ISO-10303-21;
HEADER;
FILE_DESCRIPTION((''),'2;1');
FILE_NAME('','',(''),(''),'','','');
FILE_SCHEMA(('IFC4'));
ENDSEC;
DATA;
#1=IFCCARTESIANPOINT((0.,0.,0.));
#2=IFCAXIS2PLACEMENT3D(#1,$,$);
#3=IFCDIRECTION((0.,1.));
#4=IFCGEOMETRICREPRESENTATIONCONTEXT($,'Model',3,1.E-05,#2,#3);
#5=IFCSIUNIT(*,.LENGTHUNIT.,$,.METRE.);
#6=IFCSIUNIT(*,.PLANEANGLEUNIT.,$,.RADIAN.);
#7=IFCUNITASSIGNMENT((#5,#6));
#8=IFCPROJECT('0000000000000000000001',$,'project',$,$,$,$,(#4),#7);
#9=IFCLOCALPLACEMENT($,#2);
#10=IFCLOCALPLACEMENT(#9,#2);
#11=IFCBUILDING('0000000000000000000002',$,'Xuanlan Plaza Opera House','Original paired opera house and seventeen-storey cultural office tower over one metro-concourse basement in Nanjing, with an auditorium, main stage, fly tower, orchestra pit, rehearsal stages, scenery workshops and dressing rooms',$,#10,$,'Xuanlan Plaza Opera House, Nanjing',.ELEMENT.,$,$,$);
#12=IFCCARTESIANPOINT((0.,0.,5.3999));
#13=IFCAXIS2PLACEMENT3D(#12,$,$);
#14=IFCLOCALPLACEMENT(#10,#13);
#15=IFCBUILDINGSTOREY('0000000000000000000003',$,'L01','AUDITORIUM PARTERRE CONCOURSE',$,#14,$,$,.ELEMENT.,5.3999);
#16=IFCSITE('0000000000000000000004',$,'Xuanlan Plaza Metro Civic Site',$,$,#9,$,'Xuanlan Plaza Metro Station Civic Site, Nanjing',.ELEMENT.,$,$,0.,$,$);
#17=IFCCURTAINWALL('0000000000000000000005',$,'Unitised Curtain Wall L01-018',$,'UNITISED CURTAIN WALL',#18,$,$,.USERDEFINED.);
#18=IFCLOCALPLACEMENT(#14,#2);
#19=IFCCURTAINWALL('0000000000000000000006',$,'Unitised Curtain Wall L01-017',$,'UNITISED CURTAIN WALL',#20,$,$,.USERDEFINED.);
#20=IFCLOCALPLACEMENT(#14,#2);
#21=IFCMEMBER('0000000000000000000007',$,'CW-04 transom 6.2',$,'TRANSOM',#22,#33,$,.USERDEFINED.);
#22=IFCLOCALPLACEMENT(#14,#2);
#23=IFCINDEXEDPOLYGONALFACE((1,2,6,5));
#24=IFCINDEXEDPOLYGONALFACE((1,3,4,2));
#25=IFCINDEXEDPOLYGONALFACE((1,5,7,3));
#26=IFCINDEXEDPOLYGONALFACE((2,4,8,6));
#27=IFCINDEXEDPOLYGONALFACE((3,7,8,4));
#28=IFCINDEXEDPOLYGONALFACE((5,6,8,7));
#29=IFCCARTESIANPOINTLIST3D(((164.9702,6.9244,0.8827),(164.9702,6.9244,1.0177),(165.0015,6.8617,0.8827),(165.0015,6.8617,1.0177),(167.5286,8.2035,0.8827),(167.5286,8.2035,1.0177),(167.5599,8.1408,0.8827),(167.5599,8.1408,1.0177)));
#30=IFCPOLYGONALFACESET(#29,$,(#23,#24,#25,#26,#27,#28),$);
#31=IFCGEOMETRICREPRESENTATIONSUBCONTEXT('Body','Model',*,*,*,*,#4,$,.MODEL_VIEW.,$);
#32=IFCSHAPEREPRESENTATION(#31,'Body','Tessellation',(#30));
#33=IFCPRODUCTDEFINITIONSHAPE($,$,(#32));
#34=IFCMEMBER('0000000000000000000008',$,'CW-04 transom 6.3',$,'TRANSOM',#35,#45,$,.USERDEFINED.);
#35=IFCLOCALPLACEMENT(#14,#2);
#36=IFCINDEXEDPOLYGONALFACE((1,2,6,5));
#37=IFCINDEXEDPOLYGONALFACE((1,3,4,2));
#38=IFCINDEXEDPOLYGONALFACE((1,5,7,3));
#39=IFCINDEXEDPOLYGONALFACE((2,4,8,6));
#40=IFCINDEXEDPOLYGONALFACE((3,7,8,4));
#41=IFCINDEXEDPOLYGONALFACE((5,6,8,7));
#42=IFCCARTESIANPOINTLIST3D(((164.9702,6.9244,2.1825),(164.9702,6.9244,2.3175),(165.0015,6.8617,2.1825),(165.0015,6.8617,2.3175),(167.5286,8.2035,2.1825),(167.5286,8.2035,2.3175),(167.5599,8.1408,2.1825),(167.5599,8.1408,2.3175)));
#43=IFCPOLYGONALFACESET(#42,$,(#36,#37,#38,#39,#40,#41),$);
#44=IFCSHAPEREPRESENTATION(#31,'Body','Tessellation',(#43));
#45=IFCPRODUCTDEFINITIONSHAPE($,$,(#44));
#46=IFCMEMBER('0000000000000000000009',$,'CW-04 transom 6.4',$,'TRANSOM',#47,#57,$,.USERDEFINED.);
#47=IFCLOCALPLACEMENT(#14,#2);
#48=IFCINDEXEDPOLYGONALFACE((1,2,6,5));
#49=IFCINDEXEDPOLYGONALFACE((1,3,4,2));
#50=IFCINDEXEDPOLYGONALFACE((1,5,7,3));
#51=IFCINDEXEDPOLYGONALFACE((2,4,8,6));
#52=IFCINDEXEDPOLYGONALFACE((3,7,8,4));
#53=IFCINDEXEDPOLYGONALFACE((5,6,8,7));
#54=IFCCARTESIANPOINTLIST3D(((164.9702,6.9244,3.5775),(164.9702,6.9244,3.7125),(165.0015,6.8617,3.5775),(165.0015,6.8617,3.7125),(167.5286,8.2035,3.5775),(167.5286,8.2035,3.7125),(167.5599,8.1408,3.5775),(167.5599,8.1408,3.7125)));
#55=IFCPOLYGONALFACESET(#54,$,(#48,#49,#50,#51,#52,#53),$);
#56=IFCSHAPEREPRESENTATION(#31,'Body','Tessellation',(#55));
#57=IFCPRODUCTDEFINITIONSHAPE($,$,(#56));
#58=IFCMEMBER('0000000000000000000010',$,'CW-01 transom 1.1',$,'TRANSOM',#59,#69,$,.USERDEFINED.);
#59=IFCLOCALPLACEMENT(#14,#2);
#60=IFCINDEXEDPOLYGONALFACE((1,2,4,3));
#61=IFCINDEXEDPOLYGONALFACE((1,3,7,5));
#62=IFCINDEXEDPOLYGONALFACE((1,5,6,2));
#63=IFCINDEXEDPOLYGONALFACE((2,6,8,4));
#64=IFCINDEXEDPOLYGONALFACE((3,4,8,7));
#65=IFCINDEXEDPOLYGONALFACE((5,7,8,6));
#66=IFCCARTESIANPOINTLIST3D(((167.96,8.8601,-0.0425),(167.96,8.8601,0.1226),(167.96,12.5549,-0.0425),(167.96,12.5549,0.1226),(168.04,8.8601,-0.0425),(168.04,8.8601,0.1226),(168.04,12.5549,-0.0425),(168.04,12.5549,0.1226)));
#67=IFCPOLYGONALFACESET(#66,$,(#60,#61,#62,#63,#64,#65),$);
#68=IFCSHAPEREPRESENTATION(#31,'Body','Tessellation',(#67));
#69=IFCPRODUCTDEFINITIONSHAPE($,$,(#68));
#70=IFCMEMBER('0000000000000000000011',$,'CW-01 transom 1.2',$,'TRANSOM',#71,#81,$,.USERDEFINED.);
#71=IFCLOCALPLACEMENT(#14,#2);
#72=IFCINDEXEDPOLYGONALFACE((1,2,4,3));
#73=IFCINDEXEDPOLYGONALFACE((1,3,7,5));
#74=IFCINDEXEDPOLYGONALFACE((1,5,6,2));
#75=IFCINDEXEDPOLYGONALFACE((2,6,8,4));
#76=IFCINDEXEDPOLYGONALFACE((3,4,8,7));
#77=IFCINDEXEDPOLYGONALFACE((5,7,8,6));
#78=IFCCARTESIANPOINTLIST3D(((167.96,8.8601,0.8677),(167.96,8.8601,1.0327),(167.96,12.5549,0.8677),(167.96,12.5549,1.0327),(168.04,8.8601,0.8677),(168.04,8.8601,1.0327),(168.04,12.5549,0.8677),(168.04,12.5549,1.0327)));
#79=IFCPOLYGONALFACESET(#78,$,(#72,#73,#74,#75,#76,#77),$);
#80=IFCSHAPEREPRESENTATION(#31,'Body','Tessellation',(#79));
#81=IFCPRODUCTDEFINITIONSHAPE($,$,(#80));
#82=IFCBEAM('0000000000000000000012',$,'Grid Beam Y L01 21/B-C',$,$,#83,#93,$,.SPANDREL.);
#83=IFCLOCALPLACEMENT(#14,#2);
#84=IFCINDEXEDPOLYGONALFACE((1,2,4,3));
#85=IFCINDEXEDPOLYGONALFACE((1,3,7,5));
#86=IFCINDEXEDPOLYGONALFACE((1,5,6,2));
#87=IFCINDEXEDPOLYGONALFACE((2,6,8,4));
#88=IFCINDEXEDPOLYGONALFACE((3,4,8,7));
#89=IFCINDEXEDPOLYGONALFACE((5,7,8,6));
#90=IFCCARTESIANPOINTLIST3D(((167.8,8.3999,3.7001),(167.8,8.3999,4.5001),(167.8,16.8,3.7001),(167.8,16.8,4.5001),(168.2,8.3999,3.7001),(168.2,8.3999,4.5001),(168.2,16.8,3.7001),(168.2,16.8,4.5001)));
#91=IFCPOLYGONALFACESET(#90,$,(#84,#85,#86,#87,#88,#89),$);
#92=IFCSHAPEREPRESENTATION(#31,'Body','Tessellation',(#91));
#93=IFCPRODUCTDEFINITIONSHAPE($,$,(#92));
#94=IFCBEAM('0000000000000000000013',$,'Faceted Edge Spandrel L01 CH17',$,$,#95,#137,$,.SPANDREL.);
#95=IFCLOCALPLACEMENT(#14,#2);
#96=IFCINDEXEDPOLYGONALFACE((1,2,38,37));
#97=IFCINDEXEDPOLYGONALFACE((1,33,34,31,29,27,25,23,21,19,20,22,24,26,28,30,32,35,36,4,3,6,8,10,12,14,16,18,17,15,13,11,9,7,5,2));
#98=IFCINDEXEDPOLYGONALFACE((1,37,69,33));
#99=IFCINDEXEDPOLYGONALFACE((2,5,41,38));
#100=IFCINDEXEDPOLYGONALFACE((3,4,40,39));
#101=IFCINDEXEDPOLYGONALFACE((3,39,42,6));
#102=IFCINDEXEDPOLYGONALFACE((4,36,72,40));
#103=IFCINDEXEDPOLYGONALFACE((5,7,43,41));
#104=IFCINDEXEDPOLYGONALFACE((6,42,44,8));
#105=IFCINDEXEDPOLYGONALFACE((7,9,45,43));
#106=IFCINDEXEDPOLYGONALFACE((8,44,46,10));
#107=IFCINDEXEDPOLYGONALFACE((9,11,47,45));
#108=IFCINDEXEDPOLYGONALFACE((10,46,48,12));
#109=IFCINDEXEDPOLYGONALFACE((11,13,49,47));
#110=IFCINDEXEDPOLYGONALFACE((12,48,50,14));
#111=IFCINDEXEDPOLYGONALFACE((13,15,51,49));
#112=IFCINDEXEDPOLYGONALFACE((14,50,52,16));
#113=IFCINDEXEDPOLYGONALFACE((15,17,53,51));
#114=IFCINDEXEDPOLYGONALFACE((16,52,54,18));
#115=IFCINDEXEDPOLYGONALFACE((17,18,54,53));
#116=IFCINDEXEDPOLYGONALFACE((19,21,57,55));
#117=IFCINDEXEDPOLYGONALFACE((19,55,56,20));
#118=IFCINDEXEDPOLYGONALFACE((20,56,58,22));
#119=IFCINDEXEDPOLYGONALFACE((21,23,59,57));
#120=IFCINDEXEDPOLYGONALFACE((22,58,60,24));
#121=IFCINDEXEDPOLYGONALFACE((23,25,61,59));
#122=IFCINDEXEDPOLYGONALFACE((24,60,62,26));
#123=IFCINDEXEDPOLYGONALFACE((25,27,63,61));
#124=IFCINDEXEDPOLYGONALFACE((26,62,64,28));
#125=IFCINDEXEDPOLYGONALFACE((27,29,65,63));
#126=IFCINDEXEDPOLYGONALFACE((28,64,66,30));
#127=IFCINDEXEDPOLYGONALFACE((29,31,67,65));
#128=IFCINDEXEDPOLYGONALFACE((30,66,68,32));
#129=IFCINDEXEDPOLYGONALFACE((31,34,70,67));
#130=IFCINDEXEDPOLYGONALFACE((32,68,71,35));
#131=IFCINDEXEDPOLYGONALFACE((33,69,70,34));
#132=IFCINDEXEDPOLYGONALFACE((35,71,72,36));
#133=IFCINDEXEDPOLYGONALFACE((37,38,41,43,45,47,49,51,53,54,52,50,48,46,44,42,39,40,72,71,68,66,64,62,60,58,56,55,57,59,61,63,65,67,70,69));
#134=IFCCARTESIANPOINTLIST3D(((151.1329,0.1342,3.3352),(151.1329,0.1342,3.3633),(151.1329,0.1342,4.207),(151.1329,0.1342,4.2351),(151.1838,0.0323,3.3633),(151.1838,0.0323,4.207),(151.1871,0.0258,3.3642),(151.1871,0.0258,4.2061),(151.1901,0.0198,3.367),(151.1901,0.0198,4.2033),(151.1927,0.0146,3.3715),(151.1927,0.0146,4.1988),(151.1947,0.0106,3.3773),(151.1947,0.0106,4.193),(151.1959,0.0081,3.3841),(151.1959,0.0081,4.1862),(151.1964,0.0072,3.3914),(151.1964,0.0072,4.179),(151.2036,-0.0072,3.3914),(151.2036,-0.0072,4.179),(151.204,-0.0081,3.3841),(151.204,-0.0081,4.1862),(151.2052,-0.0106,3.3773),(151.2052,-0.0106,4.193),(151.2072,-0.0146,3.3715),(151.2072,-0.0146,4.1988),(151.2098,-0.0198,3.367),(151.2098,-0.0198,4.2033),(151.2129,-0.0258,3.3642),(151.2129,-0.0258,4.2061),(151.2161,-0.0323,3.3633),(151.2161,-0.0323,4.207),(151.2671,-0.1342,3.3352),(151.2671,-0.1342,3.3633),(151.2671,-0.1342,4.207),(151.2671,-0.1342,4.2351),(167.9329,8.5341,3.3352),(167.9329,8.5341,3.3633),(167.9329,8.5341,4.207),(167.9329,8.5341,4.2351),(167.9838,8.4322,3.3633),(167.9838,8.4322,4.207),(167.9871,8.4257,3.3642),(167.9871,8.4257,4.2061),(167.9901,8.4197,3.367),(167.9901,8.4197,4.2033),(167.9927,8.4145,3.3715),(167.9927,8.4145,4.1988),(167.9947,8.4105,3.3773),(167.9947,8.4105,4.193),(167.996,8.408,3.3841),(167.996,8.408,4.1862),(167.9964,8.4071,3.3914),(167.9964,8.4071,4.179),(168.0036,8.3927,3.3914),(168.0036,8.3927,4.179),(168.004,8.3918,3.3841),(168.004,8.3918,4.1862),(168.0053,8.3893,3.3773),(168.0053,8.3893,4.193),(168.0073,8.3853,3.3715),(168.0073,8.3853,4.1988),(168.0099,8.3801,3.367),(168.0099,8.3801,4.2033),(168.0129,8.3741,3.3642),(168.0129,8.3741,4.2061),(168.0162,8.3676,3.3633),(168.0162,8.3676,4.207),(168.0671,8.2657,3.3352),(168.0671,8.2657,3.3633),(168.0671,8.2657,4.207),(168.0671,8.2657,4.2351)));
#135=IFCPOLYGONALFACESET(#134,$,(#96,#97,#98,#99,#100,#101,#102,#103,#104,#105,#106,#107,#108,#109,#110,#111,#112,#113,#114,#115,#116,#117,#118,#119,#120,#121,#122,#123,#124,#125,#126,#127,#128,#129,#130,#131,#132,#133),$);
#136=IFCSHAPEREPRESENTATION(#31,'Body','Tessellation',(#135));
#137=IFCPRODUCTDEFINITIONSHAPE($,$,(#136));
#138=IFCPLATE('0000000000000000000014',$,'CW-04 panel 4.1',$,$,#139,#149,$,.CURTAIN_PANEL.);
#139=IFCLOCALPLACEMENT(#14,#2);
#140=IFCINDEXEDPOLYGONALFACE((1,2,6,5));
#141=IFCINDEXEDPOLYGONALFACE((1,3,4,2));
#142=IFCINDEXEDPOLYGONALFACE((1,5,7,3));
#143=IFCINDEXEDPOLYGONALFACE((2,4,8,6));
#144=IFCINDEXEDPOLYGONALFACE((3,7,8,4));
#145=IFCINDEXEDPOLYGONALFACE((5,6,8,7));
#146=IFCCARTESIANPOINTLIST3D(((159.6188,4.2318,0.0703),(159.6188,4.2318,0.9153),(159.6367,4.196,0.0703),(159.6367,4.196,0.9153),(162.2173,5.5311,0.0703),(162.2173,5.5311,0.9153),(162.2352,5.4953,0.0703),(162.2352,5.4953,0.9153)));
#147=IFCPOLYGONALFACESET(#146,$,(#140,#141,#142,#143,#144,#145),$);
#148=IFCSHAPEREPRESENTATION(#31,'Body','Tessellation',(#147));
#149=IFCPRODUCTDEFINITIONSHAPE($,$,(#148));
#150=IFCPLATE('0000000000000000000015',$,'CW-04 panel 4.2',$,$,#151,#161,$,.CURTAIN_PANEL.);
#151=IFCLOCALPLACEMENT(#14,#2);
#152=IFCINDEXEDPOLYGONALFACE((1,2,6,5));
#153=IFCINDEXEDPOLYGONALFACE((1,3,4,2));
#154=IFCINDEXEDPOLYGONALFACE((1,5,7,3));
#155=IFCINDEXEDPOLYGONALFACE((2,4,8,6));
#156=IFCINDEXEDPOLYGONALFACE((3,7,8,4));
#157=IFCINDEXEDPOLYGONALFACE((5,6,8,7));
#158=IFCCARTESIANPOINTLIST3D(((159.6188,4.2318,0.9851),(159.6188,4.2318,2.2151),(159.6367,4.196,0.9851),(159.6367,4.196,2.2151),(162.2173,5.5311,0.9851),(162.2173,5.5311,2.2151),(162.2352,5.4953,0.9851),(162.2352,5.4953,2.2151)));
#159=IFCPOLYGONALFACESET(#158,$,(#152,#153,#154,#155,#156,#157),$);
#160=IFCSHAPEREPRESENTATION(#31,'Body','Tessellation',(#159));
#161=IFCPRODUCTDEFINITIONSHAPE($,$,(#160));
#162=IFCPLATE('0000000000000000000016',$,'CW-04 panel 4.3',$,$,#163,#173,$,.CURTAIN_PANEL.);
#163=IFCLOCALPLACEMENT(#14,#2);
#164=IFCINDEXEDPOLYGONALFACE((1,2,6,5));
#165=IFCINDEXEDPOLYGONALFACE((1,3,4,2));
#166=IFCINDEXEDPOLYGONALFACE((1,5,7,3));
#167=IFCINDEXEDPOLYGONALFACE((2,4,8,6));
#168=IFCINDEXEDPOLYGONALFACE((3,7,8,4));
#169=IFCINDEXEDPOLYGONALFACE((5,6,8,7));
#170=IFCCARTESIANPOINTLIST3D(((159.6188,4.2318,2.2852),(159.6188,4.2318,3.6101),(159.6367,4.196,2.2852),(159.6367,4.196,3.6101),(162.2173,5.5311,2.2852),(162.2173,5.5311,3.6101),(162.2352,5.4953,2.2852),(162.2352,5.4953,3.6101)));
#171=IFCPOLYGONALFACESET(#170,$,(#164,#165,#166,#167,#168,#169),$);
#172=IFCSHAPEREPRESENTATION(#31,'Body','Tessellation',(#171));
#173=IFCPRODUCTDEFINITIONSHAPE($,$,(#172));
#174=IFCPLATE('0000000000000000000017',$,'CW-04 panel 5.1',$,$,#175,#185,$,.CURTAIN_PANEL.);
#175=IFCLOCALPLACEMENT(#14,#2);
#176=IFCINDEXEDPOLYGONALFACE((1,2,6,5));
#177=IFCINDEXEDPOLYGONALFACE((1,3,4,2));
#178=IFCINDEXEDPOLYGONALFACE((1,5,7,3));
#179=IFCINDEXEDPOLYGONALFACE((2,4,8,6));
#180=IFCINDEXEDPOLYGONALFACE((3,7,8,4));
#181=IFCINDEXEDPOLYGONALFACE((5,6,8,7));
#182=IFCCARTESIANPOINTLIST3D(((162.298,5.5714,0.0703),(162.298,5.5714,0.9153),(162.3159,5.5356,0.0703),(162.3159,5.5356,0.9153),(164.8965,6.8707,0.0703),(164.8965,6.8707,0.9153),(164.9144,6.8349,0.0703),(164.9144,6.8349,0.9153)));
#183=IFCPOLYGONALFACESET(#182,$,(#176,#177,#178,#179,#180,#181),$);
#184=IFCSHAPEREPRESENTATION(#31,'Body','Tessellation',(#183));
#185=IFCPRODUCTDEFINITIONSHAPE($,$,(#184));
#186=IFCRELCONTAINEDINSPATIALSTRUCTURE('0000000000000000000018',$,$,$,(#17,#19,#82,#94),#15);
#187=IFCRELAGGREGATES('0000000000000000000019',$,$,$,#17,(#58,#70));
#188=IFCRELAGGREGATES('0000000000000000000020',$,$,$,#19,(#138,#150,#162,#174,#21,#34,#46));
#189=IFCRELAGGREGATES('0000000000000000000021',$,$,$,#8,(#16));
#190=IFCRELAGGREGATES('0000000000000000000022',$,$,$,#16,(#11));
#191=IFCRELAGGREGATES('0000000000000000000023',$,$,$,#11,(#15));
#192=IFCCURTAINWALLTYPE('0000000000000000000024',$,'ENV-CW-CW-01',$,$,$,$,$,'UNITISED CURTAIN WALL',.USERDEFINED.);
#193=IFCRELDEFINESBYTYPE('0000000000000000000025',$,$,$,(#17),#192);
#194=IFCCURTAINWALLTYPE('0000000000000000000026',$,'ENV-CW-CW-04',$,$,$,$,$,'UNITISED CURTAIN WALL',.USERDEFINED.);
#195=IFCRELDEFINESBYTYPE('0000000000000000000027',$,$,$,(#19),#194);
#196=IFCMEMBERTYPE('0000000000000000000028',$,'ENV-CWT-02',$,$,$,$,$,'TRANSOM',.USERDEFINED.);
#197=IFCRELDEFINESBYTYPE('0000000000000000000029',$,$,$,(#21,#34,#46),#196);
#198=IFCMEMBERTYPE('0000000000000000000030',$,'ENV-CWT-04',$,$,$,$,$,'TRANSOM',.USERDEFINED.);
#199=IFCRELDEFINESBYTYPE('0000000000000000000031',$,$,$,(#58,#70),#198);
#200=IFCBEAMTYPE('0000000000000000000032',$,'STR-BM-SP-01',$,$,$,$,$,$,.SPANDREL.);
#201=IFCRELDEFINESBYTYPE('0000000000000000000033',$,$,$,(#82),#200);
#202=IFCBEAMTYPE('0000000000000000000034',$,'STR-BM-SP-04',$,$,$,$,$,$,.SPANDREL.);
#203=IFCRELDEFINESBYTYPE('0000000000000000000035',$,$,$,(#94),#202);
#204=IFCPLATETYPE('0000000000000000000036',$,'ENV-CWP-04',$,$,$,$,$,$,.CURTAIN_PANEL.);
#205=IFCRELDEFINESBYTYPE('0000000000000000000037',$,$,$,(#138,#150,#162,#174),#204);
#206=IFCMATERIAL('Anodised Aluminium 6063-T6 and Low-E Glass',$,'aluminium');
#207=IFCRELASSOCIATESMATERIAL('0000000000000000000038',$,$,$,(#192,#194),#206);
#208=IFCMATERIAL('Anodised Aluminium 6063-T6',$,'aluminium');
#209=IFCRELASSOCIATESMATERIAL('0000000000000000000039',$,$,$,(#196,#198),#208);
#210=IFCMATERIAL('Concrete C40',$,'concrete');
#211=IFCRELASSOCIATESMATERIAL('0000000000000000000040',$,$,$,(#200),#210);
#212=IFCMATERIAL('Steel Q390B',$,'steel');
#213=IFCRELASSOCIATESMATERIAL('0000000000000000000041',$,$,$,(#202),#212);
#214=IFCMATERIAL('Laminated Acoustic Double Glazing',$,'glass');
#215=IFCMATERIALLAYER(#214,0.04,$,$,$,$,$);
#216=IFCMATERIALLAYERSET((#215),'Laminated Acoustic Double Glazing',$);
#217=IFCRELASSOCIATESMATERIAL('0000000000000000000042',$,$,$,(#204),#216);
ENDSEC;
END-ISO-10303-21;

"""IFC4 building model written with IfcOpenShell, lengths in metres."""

from ifc_helpers import new_model, si_unit, direction, frame, origin, origin_2d, place, context, subcontext, project, spatial, rectangle, i_section, extrude, material, layer, layer_set, material_profile, profile_set, type_object, element, aggregate, save


model = new_model("IFC4")

# Units and contexts
model_context = context("Model", 3, precision=1e-05, world=origin(), true_north=direction((0.0, 1.0)))
body_context = subcontext(model_context, "Body", "Model", "MODEL_VIEW")
ifc_project = project(units=[si_unit("LENGTHUNIT", "METRE"), si_unit("PLANEANGLEUNIT", "RADIAN")], contexts=[model_context])

# Site, building, storey
site_placement = place(None, origin())
site = spatial("IfcSite", under=ifc_project, at=site_placement, Name="Xuanlan Plaza Metro Civic Site", LongName="Xuanlan Plaza Metro Station Civic Site, Nanjing", CompositionType="ELEMENT", RefElevation=0.0)
building_placement = place(site_placement, origin())
building = spatial("IfcBuilding", under=site, at=building_placement, Name="Xuanlan Plaza Opera House", Description="Original paired opera house and seventeen-storey cultural office tower over one metro-concourse basement in Nanjing, with an auditorium, main stage, fly tower, orchestra pit, rehearsal stages, scenery workshops and dressing rooms", LongName="Xuanlan Plaza Opera House, Nanjing", CompositionType="ELEMENT")
storey_placement = place(building_placement, frame((0.0, 0.0, 5.3999)))
storey = spatial("IfcBuildingStorey", under=building, at=storey_placement, Name="L01", Description="AUDITORIUM PARTERRE CONCOURSE", CompositionType="ELEMENT", Elevation=5.3999)

# Shared definitions
ifc_material_1 = material(Name="Concrete C40", Category="concrete")

# Curtain wall
ifc_material_2 = material(Name="Anodised Aluminium 6063-T6 and Low-E Glass", Category="aluminium")
curtain_wall_type_1 = type_object("IfcCurtainWallType", Name="ENV-CW-CW-01", ElementType="UNITISED CURTAIN WALL", PredefinedType="USERDEFINED", material=ifc_material_2)
curtain_wall_1_placement = place(storey_placement, origin())
curtain_wall_1 = element("IfcCurtainWall", 1, at=curtain_wall_1_placement, inside=storey, type_object=curtain_wall_type_1, Name="Unitised Curtain Wall L01-018", ObjectType="UNITISED CURTAIN WALL", PredefinedType="USERDEFINED")
ifc_material_3 = material(Name="Anodised Aluminium 6063-T6", Category="aluminium")

# Curtain wall, members
curtain_wall_type_2 = type_object("IfcCurtainWallType", Name="ENV-CW-CW-04", ElementType="UNITISED CURTAIN WALL", PredefinedType="USERDEFINED", material=ifc_material_2)
curtain_wall_2_placement = place(storey_placement, origin())
curtain_wall_2 = element("IfcCurtainWall", 2, at=curtain_wall_2_placement, inside=storey, type_object=curtain_wall_type_2, Name="Unitised Curtain Wall L01-017", ObjectType="UNITISED CURTAIN WALL", PredefinedType="USERDEFINED")
ifc_material_profile_1 = material_profile(ifc_material_3, rectangle(XDim=0.0701, YDim=0.135, at=origin_2d()), Name="ALU-T 70x135")
ifc_profile_set_1 = profile_set([ifc_material_profile_1], Name="Anodised Aluminium 6063-T6")
member_type_1 = type_object("IfcMemberType", Name="ENV-CWT-02", ElementType="TRANSOM", PredefinedType="USERDEFINED", material=ifc_profile_set_1)
member_1_placement = place(storey_placement, frame((164.9858, 6.8931, 0.9502), z_axis=(0.894444, 0.447179, 0.0), x_axis=(-0.447179, 0.894444, 0.0)))
member_1 = element("IfcMember", 3, at=member_1_placement, type_object=member_type_1, Name="CW-04 transom 6.2", ObjectType="TRANSOM", PredefinedType="USERDEFINED", context=body_context, shape_type="SweptSolid", body=[
    extrude(rectangle(XDim=0.0701, YDim=0.135, at=origin_2d()), origin(), (0.0, 0.0, 1.0), 2.8604),
])
member_2_placement = place(storey_placement, frame((164.9858, 6.8931, 2.25), z_axis=(0.894444, 0.447179, 0.0), x_axis=(-0.447179, 0.894444, 0.0)))
member_2 = element("IfcMember", 4, at=member_2_placement, type_object=member_type_1, Name="CW-04 transom 6.3", ObjectType="TRANSOM", PredefinedType="USERDEFINED", context=body_context, shape_type="SweptSolid", body=[
    extrude(rectangle(XDim=0.0701, YDim=0.135, at=origin_2d()), origin(), (0.0, 0.0, 1.0), 2.8604),
])
member_3_placement = place(storey_placement, frame((164.9858, 6.8931, 3.645), z_axis=(0.894444, 0.447179, 0.0), x_axis=(-0.447179, 0.894444, 0.0)))
member_3 = element("IfcMember", 5, at=member_3_placement, type_object=member_type_1, Name="CW-04 transom 6.4", ObjectType="TRANSOM", PredefinedType="USERDEFINED", context=body_context, shape_type="SweptSolid", body=[
    extrude(rectangle(XDim=0.0701, YDim=0.135, at=origin_2d()), origin(), (0.0, 0.0, 1.0), 2.8604),
])

# Members
ifc_material_profile_2 = material_profile(ifc_material_3, rectangle(XDim=0.0801, YDim=0.165, at=origin_2d()), Name="ALU-T 80x165")
ifc_profile_set_2 = profile_set([ifc_material_profile_2], Name="Anodised Aluminium 6063-T6")
member_type_2 = type_object("IfcMemberType", Name="ENV-CWT-04", ElementType="TRANSOM", PredefinedType="USERDEFINED", material=ifc_profile_set_2)
member_4_placement = place(storey_placement, frame((168.0, 8.8601, 0.04), z_axis=(0.0, 1.0, 0.0), x_axis=(-1.0, 0.0, 0.0)))
member_4 = element("IfcMember", 6, at=member_4_placement, type_object=member_type_2, Name="CW-01 transom 1.1", ObjectType="TRANSOM", PredefinedType="USERDEFINED", context=body_context, shape_type="SweptSolid", body=[
    extrude(rectangle(XDim=0.0801, YDim=0.165, at=origin_2d()), origin(), (0.0, 0.0, 1.0), 3.6948),
])
member_5_placement = place(storey_placement, frame((168.0, 8.8601, 0.9502), z_axis=(0.0, 1.0, 0.0), x_axis=(-1.0, 0.0, 0.0)))
member_5 = element("IfcMember", 7, at=member_5_placement, type_object=member_type_2, Name="CW-01 transom 1.2", ObjectType="TRANSOM", PredefinedType="USERDEFINED", context=body_context, shape_type="SweptSolid", body=[
    extrude(rectangle(XDim=0.0801, YDim=0.165, at=origin_2d()), origin(), (0.0, 0.0, 1.0), 3.6948),
])
aggregate(curtain_wall_1, [member_4, member_5])

# Beams
ifc_material_profile_3 = material_profile(ifc_material_1, rectangle(XDim=0.3999, YDim=0.8, at=origin_2d()), Name="RC-SPD 400x800")
ifc_profile_set_3 = profile_set([ifc_material_profile_3], Name="Concrete C40")
beam_type_1 = type_object("IfcBeamType", Name="STR-BM-SP-01", PredefinedType="SPANDREL", material=ifc_profile_set_3)
beam_1_placement = place(storey_placement, frame((168.0, 8.3999, 4.1001), z_axis=(0.0, 1.0, 0.0), x_axis=(-1.0, 0.0, 0.0)))
element("IfcBeam", 8, at=beam_1_placement, inside=storey, type_object=beam_type_1, Name="Grid Beam Y L01 21/B-C", PredefinedType="SPANDREL", context=body_context, shape_type="SweptSolid", body=[
    extrude(rectangle(XDim=0.3999, YDim=0.8, at=origin_2d()), origin(), (0.0, 0.0, 1.0), 8.4001),
])
ifc_material_4 = material(Name="Steel Q390B", Category="steel")
ifc_material_profile_4 = material_profile(ifc_material_4, i_section(OverallWidth=0.3, OverallDepth=0.8999, WebThickness=0.0161, FlangeThickness=0.0281, FilletRadius=0.0281, at=origin_2d()), Name="HN 900x300x16x28")
ifc_profile_set_4 = profile_set([ifc_material_profile_4], Name="Steel Q390B")
beam_type_2 = type_object("IfcBeamType", Name="STR-BM-SP-04", PredefinedType="SPANDREL", material=ifc_profile_set_4)
beam_2_placement = place(storey_placement, frame((168.0, 8.3999, 3.7852), z_axis=(-0.89443, -0.447208, 0.0), x_axis=(0.447208, -0.89443, 0.0)))
element("IfcBeam", 9, at=beam_2_placement, inside=storey, type_object=beam_type_2, Name="Faceted Edge Spandrel L01 CH17", PredefinedType="SPANDREL", context=body_context, shape_type="SweptSolid", body=[
    extrude(i_section(OverallWidth=0.3, OverallDepth=0.8999, WebThickness=0.0161, FlangeThickness=0.0281, FilletRadius=0.0281, at=origin_2d()), origin(), (0.0, 0.0, 1.0), 18.783),
])

# Plates
ifc_material_5 = material(Name="Laminated Acoustic Double Glazing", Category="glass")
ifc_layer = layer(ifc_material_5, 0.04)
ifc_layer_set = layer_set([ifc_layer], Name="Laminated Acoustic Double Glazing")
plate_type = type_object("IfcPlateType", Name="ENV-CWP-04", PredefinedType="CURTAIN_PANEL", material=ifc_layer_set)
plate_1_placement = place(storey_placement, frame((160.927, 4.8635, 0.0703), z_axis=(0.0, 0.0, 1.0), x_axis=(0.894427, 0.447214, 0.0)))
plate_1 = element("IfcPlate", 10, at=plate_1_placement, type_object=plate_type, Name="CW-04 panel 4.1", PredefinedType="CURTAIN_PANEL", context=body_context, shape_type="SweptSolid", body=[
    extrude(rectangle(XDim=2.9053, YDim=0.04, at=origin_2d()), origin(), (0.0, 0.0, 1.0), 0.845),
])
plate_2_placement = place(storey_placement, frame((160.927, 4.8635, 0.9851), z_axis=(0.0, 0.0, 1.0), x_axis=(0.894427, 0.447214, 0.0)))
plate_2 = element("IfcPlate", 11, at=plate_2_placement, type_object=plate_type, Name="CW-04 panel 4.2", PredefinedType="CURTAIN_PANEL", context=body_context, shape_type="SweptSolid", body=[
    extrude(rectangle(XDim=2.9053, YDim=0.04, at=origin_2d()), origin(), (0.0, 0.0, 1.0), 1.23),
])
plate_3_placement = place(storey_placement, frame((160.927, 4.8635, 2.2852), z_axis=(0.0, 0.0, 1.0), x_axis=(0.894427, 0.447214, 0.0)))
plate_3 = element("IfcPlate", 12, at=plate_3_placement, type_object=plate_type, Name="CW-04 panel 4.3", PredefinedType="CURTAIN_PANEL", context=body_context, shape_type="SweptSolid", body=[
    extrude(rectangle(XDim=2.9053, YDim=0.04, at=origin_2d()), origin(), (0.0, 0.0, 1.0), 1.325),
])
plate_4_placement = place(storey_placement, frame((163.6062, 6.2031, 0.0703), z_axis=(0.0, 0.0, 1.0), x_axis=(0.894427, 0.447214, 0.0)))
plate_4 = element("IfcPlate", 13, at=plate_4_placement, type_object=plate_type, Name="CW-04 panel 5.1", PredefinedType="CURTAIN_PANEL", context=body_context, shape_type="SweptSolid", body=[
    extrude(rectangle(XDim=2.9053, YDim=0.04, at=origin_2d()), origin(), (0.0, 0.0, 1.0), 0.845),
])
aggregate(curtain_wall_2, [plate_1, plate_2, plate_3, plate_4, member_1, member_2, member_3])

save(model, "model.ifc")
